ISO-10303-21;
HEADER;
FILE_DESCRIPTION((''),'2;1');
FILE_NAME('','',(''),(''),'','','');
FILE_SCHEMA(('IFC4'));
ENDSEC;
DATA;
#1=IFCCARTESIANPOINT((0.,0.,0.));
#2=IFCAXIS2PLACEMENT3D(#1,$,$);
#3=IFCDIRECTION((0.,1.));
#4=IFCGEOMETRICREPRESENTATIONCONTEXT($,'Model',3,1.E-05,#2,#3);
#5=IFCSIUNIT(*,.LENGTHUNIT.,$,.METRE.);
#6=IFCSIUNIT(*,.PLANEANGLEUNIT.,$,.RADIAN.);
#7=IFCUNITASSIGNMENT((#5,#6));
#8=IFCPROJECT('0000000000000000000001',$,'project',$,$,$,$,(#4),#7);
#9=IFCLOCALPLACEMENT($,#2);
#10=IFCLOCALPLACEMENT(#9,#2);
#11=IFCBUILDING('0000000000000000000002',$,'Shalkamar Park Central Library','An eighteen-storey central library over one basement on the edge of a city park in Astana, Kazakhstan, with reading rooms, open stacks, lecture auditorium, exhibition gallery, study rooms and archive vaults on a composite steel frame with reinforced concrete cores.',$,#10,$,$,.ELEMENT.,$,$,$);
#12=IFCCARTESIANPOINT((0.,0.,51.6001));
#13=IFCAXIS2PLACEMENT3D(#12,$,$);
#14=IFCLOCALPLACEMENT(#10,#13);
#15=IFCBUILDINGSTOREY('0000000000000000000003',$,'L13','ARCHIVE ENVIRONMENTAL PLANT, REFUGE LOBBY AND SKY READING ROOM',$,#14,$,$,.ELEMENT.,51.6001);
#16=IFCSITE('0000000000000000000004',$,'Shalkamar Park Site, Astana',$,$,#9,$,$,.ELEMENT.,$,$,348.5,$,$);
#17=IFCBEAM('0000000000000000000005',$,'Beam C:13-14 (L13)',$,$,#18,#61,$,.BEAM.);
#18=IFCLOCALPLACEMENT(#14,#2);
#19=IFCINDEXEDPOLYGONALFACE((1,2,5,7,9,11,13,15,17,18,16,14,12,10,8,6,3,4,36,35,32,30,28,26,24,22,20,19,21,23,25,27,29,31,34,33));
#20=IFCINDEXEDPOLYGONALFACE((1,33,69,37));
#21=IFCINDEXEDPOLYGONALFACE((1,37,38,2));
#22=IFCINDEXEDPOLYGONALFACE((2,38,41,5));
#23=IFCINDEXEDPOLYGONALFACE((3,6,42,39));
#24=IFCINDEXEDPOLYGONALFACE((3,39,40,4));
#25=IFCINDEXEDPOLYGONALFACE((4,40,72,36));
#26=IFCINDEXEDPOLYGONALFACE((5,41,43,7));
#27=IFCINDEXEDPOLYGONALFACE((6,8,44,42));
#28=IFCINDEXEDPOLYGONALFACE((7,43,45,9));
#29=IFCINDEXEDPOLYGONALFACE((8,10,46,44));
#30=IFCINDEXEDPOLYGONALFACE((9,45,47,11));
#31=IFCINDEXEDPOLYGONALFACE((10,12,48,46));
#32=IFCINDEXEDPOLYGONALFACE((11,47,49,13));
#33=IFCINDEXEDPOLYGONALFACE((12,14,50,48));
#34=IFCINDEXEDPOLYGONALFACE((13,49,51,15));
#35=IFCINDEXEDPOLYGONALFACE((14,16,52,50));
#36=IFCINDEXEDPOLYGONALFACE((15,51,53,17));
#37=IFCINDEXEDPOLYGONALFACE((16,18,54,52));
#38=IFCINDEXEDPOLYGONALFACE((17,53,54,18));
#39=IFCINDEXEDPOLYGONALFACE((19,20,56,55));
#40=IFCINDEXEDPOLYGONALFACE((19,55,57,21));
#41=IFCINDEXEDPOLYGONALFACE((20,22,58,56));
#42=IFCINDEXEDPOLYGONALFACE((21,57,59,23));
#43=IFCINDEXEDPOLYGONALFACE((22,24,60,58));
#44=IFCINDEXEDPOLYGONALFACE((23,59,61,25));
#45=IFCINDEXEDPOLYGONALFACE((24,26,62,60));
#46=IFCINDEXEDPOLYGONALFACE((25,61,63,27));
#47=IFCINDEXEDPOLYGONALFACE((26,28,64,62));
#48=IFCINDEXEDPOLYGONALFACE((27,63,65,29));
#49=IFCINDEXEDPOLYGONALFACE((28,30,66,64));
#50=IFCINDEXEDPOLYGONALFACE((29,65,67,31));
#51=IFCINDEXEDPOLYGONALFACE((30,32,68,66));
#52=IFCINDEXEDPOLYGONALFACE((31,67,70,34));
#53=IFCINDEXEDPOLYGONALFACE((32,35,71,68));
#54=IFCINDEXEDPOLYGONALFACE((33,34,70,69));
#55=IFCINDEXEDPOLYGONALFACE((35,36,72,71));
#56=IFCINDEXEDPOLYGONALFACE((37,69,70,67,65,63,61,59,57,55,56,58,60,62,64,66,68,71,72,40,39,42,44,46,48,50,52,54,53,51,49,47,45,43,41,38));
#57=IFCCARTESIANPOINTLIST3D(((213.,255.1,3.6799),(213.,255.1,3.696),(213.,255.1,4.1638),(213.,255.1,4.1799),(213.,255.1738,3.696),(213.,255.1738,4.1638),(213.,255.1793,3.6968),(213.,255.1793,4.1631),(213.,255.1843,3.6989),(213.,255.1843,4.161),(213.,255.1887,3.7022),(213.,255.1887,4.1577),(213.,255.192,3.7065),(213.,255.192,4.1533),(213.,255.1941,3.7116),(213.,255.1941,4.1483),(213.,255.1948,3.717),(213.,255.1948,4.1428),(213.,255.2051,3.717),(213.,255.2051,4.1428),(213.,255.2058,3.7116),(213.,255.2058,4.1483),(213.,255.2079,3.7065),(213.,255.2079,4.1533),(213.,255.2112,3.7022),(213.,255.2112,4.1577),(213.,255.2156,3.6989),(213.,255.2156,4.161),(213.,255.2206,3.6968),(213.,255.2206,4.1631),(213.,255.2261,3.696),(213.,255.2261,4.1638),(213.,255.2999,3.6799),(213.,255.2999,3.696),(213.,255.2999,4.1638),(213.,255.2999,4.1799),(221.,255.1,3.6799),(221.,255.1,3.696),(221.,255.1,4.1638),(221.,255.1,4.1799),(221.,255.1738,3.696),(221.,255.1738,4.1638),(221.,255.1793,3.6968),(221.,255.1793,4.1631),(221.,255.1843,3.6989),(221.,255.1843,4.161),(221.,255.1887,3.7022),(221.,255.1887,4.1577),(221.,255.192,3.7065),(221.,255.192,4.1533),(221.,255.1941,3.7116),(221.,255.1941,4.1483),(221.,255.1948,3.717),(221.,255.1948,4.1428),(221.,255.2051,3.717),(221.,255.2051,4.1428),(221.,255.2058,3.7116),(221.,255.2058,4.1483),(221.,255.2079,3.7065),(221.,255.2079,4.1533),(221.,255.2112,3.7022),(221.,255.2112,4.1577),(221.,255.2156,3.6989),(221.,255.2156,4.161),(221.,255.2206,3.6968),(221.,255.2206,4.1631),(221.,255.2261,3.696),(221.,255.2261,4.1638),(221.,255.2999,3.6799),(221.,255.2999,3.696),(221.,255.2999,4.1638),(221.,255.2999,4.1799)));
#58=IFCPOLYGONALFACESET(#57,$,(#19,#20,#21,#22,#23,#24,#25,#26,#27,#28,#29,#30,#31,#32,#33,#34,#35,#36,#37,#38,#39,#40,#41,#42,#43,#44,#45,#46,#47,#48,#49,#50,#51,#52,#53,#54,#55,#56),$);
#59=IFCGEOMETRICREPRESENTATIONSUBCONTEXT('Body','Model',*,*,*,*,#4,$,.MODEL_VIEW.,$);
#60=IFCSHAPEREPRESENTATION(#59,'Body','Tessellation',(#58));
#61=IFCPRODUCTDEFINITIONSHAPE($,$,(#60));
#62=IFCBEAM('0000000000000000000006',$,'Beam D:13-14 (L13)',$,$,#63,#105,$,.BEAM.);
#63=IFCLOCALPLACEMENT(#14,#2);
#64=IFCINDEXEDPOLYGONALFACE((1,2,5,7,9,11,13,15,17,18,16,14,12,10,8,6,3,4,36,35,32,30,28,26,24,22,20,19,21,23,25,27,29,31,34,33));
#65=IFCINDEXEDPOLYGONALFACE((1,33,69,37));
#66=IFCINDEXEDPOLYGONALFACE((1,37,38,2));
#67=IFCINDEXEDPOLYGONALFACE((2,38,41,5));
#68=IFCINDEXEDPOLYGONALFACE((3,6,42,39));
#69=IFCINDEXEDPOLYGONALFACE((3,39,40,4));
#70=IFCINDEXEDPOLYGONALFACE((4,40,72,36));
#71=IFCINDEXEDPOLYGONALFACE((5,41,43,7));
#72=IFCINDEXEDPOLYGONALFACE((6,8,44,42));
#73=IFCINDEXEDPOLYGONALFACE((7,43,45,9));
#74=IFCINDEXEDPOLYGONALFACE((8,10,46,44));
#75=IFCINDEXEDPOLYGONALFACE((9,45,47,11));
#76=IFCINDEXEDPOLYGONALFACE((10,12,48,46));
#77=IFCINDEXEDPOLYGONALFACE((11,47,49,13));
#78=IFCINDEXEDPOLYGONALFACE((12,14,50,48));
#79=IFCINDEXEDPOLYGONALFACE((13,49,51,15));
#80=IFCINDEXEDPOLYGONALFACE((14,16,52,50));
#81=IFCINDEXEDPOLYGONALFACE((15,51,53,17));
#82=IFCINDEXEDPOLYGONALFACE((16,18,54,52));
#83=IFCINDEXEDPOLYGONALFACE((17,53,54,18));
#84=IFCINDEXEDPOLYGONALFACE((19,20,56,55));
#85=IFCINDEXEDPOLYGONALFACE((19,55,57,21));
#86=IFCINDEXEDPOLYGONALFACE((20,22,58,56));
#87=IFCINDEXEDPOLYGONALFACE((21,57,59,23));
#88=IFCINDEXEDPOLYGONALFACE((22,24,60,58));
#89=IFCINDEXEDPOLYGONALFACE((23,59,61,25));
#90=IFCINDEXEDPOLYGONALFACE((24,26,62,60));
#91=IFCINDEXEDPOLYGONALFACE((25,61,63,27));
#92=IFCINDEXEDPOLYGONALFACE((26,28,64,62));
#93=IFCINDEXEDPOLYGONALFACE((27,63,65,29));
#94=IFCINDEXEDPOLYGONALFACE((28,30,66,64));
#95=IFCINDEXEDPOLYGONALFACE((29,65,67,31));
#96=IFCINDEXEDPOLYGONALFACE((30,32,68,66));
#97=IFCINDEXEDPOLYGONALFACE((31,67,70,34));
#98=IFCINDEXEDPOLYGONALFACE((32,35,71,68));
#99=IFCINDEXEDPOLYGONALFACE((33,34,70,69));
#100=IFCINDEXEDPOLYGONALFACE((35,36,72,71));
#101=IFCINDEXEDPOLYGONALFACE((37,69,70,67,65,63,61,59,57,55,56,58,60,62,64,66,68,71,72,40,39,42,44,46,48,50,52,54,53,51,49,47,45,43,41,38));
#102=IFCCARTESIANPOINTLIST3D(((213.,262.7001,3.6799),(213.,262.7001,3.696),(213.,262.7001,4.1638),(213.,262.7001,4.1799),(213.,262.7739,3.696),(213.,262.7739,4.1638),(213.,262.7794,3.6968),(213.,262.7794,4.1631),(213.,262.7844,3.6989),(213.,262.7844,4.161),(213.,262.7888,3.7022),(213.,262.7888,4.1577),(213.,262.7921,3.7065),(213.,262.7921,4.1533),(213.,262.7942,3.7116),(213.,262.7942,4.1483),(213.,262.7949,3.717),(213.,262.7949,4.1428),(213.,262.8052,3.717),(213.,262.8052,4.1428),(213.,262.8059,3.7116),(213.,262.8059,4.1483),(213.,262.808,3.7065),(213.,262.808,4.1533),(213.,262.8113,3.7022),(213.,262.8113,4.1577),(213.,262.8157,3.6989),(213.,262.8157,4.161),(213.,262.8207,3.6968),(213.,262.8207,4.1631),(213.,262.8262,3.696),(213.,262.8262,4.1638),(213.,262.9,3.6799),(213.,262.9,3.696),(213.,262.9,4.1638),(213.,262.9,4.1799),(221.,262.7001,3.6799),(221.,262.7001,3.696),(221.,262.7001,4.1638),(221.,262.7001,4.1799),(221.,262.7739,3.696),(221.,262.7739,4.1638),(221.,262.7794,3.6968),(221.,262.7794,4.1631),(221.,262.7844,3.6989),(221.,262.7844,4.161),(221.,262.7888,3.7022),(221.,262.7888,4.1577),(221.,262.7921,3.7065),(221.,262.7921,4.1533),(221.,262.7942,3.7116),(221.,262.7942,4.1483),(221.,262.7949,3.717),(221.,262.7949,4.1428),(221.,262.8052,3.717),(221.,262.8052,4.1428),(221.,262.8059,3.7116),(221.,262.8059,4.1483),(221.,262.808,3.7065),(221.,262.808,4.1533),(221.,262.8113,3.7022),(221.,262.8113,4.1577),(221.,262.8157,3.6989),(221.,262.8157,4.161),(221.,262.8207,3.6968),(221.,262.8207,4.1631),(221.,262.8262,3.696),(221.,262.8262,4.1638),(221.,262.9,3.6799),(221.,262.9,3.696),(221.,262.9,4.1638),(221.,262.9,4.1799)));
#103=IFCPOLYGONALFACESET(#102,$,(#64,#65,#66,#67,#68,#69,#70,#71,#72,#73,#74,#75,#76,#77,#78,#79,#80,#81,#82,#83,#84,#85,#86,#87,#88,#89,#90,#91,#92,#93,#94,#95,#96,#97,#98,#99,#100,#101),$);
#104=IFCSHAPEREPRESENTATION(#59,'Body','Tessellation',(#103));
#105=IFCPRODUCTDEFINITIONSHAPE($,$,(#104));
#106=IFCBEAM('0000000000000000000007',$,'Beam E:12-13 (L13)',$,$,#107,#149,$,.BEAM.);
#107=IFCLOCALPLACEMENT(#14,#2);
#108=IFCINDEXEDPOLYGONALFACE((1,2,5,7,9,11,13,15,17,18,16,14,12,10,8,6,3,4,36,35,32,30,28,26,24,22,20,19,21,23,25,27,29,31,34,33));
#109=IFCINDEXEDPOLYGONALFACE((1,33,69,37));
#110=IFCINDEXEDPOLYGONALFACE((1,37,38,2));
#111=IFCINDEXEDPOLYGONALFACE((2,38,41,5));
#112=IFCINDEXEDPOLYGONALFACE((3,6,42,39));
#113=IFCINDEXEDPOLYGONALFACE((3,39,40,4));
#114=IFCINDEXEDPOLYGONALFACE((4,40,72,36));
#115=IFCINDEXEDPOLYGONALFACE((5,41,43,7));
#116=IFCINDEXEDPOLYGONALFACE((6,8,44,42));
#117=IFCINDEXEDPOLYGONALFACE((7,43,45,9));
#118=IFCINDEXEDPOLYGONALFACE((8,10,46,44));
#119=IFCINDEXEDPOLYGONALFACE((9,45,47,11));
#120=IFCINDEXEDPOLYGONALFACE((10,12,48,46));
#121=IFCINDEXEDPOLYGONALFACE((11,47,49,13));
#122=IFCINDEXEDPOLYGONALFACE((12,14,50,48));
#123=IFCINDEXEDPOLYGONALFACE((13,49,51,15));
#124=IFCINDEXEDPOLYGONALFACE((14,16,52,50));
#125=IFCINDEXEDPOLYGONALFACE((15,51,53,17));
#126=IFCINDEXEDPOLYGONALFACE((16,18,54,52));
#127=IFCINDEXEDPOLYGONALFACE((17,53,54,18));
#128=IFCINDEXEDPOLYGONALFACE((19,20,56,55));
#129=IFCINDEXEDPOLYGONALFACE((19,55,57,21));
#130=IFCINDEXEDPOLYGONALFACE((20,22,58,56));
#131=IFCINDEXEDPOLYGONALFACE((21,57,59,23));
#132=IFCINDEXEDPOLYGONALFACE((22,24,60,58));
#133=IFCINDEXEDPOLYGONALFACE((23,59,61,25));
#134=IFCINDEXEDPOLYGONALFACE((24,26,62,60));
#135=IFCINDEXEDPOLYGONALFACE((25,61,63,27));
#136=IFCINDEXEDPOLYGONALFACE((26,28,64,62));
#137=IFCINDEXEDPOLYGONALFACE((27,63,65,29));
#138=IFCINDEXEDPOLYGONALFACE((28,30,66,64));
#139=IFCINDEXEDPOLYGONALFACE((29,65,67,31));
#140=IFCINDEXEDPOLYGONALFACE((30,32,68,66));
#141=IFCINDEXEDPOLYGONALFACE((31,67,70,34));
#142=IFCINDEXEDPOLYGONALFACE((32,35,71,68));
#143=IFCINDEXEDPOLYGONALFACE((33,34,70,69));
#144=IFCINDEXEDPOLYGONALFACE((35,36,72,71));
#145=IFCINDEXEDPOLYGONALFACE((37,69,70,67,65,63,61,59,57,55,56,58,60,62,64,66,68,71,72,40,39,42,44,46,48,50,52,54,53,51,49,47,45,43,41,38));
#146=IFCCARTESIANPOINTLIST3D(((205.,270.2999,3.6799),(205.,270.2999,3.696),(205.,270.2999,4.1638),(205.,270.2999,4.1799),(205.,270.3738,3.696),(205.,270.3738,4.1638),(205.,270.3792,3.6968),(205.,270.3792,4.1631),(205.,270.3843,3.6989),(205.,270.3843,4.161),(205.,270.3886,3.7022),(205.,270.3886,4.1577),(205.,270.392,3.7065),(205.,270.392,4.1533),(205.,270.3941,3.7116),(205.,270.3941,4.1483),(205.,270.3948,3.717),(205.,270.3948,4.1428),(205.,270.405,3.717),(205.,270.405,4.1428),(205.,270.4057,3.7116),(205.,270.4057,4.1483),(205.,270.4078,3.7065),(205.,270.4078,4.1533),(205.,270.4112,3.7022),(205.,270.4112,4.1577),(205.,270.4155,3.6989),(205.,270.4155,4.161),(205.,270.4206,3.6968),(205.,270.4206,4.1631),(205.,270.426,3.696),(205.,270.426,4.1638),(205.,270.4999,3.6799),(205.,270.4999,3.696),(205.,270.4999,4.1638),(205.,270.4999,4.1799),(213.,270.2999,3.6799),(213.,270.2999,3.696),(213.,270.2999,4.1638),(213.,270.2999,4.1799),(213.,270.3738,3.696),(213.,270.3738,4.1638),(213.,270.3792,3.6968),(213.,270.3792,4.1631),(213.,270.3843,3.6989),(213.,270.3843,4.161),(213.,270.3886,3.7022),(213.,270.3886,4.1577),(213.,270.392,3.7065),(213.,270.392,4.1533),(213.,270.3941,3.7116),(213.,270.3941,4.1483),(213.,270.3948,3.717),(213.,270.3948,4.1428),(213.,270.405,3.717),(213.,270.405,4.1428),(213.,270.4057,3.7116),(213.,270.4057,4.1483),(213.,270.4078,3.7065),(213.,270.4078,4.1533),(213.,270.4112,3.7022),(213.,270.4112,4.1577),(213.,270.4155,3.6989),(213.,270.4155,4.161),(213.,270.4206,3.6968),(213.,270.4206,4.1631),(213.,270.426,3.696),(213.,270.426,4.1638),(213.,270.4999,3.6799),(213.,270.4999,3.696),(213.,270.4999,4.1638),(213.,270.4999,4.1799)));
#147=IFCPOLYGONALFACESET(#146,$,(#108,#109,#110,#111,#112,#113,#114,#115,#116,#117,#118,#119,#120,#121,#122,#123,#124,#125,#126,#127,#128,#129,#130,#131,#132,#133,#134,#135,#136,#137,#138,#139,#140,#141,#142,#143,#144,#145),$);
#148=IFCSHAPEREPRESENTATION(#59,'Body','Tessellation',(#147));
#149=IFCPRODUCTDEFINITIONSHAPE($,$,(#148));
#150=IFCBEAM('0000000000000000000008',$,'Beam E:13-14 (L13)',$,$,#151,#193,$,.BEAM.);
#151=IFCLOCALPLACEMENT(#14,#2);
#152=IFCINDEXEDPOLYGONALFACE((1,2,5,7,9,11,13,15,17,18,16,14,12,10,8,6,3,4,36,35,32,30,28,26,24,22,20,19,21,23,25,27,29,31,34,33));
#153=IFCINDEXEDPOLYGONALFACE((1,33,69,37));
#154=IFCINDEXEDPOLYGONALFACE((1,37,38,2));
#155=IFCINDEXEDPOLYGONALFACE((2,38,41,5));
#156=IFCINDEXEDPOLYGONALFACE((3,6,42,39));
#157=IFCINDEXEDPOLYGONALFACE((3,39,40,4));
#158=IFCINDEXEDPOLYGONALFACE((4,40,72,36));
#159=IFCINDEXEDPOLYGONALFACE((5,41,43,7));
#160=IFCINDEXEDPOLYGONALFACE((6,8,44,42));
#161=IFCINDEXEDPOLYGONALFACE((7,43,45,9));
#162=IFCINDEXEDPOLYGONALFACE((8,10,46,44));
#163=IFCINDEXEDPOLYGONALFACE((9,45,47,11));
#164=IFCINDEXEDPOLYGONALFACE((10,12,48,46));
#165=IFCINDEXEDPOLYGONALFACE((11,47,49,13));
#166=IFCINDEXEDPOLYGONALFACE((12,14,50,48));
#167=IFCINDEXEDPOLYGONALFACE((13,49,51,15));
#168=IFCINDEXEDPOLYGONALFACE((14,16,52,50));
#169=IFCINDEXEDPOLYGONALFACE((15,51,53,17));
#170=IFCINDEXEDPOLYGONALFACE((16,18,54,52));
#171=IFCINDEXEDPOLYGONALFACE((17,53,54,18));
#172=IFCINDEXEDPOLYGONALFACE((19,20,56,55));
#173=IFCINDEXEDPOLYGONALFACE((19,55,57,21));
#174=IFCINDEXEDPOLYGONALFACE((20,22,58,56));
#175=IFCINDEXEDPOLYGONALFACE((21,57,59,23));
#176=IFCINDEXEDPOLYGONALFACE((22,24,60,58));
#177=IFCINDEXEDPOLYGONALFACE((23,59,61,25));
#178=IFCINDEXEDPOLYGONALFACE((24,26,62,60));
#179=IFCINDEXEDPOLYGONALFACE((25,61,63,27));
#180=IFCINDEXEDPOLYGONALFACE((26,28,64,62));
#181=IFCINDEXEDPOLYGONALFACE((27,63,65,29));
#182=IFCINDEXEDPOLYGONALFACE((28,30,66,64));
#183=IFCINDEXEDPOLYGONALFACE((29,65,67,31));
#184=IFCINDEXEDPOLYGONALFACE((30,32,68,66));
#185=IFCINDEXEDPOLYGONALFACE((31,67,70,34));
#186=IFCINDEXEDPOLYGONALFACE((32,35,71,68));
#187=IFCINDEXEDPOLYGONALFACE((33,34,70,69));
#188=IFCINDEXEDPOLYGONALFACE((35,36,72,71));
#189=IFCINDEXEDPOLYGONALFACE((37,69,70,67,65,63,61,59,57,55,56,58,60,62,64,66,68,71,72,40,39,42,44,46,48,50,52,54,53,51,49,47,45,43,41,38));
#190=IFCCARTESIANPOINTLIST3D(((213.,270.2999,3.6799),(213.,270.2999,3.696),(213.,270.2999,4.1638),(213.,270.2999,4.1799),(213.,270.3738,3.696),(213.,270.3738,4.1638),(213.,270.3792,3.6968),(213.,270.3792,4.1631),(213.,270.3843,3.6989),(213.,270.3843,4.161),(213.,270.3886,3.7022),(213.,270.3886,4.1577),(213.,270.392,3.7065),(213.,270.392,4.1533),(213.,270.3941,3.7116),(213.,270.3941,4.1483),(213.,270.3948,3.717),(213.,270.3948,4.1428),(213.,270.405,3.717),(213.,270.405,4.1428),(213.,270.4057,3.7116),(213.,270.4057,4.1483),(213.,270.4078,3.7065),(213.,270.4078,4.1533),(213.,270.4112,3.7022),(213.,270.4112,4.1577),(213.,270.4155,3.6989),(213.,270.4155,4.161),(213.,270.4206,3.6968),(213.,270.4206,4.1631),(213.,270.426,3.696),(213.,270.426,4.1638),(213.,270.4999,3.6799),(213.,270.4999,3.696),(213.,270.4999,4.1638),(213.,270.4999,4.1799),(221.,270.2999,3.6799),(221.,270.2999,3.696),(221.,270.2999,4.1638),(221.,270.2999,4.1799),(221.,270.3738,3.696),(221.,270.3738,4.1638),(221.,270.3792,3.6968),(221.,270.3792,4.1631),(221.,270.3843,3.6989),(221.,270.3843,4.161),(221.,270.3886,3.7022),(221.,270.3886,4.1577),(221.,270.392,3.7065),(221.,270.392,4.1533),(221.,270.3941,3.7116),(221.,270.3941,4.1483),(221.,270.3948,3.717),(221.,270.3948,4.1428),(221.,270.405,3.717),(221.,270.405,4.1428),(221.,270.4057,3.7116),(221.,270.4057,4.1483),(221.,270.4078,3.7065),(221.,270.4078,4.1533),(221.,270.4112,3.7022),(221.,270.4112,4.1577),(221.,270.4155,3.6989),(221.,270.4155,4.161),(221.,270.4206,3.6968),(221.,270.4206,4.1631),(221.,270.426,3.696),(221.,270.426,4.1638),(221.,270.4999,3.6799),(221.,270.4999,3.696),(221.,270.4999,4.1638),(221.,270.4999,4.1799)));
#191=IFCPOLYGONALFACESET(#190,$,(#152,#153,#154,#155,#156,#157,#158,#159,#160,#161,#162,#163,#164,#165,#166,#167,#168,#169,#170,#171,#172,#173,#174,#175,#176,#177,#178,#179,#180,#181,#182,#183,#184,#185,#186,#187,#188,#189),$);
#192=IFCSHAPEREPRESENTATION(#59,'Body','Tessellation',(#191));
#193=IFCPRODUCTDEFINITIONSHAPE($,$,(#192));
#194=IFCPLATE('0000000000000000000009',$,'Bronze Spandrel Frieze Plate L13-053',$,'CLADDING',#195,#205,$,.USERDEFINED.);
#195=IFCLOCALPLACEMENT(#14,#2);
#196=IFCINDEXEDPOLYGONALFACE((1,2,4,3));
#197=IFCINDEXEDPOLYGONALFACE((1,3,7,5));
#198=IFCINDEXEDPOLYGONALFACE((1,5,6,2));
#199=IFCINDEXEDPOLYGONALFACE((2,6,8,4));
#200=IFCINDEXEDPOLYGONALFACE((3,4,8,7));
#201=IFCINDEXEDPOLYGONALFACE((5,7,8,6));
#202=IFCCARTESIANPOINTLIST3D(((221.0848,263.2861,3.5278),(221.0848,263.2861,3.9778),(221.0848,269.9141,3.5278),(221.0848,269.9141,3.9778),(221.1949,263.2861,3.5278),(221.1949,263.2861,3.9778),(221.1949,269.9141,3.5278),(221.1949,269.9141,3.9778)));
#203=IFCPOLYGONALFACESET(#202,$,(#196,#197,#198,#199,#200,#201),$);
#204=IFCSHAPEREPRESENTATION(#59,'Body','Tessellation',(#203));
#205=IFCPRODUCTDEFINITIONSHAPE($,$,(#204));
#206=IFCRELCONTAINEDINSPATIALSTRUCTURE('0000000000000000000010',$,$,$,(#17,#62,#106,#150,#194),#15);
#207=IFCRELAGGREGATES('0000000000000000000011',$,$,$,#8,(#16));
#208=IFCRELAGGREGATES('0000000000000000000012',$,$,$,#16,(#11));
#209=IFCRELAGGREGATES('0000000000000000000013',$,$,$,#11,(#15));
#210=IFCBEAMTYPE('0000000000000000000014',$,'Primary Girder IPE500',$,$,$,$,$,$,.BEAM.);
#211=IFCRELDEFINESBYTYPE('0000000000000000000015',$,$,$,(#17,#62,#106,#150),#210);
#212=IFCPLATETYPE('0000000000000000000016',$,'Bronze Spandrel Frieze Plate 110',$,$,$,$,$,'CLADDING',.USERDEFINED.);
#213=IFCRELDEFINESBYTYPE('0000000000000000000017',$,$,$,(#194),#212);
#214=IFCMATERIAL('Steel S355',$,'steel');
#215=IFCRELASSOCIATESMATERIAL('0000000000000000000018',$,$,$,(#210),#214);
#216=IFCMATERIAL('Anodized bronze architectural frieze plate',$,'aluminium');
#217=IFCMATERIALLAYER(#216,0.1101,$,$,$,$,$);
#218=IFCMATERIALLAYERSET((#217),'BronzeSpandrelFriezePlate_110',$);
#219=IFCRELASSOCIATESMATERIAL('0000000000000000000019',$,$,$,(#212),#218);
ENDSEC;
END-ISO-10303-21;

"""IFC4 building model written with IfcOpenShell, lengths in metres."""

from ifc_helpers import new_model, si_unit, direction, frame, origin, origin_2d, place, context, subcontext, project, spatial, rectangle, i_section, extrude, material, layer, layer_set, material_profile, profile_set, type_object, element, save


model = new_model("IFC4")

# Units and contexts
model_context = context("Model", 3, precision=1e-05, world=origin(), true_north=direction((0.0, 1.0)))
body_context = subcontext(model_context, "Body", "Model", "MODEL_VIEW")
ifc_project = project(units=[si_unit("LENGTHUNIT", "METRE"), si_unit("PLANEANGLEUNIT", "RADIAN")], contexts=[model_context])

# Site, building, storey
site_placement = place(None, origin())
site = spatial("IfcSite", under=ifc_project, at=site_placement, Name="Shalkamar Park Site, Astana", CompositionType="ELEMENT", RefElevation=348.5)
building_placement = place(site_placement, origin())
building = spatial("IfcBuilding", under=site, at=building_placement, Name="Shalkamar Park Central Library", Description="An eighteen-storey central library over one basement on the edge of a city park in Astana, Kazakhstan, with reading rooms, open stacks, lecture auditorium, exhibition gallery, study rooms and archive vaults on a composite steel frame with reinforced concrete cores.", CompositionType="ELEMENT")
storey_placement = place(building_placement, frame((0.0, 0.0, 51.6001)))
storey = spatial("IfcBuildingStorey", under=building, at=storey_placement, Name="L13", Description="ARCHIVE ENVIRONMENTAL PLANT, REFUGE LOBBY AND SKY READING ROOM", CompositionType="ELEMENT", Elevation=51.6001)

# Shared definitions
ifc_material_1 = material(Name="Steel S355", Category="steel")

# Beams
ifc_material_profile_1 = material_profile(ifc_material_1, i_section(OverallWidth=0.2, OverallDepth=0.5, WebThickness=0.0103, FlangeThickness=0.0161, FilletRadius=0.021, at=origin_2d()), Name="IPE 500")
ifc_profile_set_1 = profile_set([ifc_material_profile_1], Name="Steel S355")
beam_type_1 = type_object("IfcBeamType", Name="Primary Girder IPE500", PredefinedType="BEAM", material=ifc_profile_set_1)
for number, where, z_axis, x_axis, name in (
    (1, (213.0, 255.2, 3.9299), (1.0, 0.0, 0.0), (0.0, 1.0, 0.0), "Beam C:13-14 (L13)"),
    (2, (213.0, 262.8, 3.9299), (1.0, 0.0, 0.0), (0.0, 1.0, 0.0), "Beam D:13-14 (L13)"),
    (3, (205.0, 270.3999, 3.9299), (1.0, 0.0, 0.0), (0.0, 1.0, 0.0), "Beam E:12-13 (L13)"),
    (4, (213.0, 270.3999, 3.9299), (1.0, 0.0, 0.0), (0.0, 1.0, 0.0), "Beam E:13-14 (L13)"),
):
    element("IfcBeam", number, at=place(storey_placement, frame(where, z_axis=z_axis, x_axis=x_axis)), inside=storey, type_object=beam_type_1, Name=name, PredefinedType="BEAM", context=body_context, shape_type="SweptSolid", body=[
        extrude(i_section(OverallWidth=0.2, OverallDepth=0.5, WebThickness=0.0103, FlangeThickness=0.0161, FilletRadius=0.021, at=origin_2d()), origin(), (0.0, 0.0, 1.0), 8.0),
    ])

# Plate
ifc_material_2 = material(Name="Anodized bronze architectural frieze plate", Category="aluminium")
ifc_layer_1 = layer(ifc_material_2, 0.1101)
ifc_layer_set_1 = layer_set([ifc_layer_1], Name="BronzeSpandrelFriezePlate_110")
plate_type = type_object("IfcPlateType", Name="Bronze Spandrel Frieze Plate 110", ElementType="CLADDING", PredefinedType="USERDEFINED", material=ifc_layer_set_1)
plate_placement = place(storey_placement, frame((221.1399, 266.6001, 3.5278), z_axis=(0.0, 0.0, 1.0), x_axis=(1.0, 0.0, 0.0)))
element("IfcPlate", 5, at=plate_placement, inside=storey, type_object=plate_type, Name="Bronze Spandrel Frieze Plate L13-053", ObjectType="CLADDING", PredefinedType="USERDEFINED", context=body_context, shape_type="SweptSolid", body=[
    extrude(rectangle(XDim=0.1101, YDim=6.6279, at=origin_2d()), origin(), (0.0, 0.0, 1.0), 0.45),
])

save(model, "model.ifc")
